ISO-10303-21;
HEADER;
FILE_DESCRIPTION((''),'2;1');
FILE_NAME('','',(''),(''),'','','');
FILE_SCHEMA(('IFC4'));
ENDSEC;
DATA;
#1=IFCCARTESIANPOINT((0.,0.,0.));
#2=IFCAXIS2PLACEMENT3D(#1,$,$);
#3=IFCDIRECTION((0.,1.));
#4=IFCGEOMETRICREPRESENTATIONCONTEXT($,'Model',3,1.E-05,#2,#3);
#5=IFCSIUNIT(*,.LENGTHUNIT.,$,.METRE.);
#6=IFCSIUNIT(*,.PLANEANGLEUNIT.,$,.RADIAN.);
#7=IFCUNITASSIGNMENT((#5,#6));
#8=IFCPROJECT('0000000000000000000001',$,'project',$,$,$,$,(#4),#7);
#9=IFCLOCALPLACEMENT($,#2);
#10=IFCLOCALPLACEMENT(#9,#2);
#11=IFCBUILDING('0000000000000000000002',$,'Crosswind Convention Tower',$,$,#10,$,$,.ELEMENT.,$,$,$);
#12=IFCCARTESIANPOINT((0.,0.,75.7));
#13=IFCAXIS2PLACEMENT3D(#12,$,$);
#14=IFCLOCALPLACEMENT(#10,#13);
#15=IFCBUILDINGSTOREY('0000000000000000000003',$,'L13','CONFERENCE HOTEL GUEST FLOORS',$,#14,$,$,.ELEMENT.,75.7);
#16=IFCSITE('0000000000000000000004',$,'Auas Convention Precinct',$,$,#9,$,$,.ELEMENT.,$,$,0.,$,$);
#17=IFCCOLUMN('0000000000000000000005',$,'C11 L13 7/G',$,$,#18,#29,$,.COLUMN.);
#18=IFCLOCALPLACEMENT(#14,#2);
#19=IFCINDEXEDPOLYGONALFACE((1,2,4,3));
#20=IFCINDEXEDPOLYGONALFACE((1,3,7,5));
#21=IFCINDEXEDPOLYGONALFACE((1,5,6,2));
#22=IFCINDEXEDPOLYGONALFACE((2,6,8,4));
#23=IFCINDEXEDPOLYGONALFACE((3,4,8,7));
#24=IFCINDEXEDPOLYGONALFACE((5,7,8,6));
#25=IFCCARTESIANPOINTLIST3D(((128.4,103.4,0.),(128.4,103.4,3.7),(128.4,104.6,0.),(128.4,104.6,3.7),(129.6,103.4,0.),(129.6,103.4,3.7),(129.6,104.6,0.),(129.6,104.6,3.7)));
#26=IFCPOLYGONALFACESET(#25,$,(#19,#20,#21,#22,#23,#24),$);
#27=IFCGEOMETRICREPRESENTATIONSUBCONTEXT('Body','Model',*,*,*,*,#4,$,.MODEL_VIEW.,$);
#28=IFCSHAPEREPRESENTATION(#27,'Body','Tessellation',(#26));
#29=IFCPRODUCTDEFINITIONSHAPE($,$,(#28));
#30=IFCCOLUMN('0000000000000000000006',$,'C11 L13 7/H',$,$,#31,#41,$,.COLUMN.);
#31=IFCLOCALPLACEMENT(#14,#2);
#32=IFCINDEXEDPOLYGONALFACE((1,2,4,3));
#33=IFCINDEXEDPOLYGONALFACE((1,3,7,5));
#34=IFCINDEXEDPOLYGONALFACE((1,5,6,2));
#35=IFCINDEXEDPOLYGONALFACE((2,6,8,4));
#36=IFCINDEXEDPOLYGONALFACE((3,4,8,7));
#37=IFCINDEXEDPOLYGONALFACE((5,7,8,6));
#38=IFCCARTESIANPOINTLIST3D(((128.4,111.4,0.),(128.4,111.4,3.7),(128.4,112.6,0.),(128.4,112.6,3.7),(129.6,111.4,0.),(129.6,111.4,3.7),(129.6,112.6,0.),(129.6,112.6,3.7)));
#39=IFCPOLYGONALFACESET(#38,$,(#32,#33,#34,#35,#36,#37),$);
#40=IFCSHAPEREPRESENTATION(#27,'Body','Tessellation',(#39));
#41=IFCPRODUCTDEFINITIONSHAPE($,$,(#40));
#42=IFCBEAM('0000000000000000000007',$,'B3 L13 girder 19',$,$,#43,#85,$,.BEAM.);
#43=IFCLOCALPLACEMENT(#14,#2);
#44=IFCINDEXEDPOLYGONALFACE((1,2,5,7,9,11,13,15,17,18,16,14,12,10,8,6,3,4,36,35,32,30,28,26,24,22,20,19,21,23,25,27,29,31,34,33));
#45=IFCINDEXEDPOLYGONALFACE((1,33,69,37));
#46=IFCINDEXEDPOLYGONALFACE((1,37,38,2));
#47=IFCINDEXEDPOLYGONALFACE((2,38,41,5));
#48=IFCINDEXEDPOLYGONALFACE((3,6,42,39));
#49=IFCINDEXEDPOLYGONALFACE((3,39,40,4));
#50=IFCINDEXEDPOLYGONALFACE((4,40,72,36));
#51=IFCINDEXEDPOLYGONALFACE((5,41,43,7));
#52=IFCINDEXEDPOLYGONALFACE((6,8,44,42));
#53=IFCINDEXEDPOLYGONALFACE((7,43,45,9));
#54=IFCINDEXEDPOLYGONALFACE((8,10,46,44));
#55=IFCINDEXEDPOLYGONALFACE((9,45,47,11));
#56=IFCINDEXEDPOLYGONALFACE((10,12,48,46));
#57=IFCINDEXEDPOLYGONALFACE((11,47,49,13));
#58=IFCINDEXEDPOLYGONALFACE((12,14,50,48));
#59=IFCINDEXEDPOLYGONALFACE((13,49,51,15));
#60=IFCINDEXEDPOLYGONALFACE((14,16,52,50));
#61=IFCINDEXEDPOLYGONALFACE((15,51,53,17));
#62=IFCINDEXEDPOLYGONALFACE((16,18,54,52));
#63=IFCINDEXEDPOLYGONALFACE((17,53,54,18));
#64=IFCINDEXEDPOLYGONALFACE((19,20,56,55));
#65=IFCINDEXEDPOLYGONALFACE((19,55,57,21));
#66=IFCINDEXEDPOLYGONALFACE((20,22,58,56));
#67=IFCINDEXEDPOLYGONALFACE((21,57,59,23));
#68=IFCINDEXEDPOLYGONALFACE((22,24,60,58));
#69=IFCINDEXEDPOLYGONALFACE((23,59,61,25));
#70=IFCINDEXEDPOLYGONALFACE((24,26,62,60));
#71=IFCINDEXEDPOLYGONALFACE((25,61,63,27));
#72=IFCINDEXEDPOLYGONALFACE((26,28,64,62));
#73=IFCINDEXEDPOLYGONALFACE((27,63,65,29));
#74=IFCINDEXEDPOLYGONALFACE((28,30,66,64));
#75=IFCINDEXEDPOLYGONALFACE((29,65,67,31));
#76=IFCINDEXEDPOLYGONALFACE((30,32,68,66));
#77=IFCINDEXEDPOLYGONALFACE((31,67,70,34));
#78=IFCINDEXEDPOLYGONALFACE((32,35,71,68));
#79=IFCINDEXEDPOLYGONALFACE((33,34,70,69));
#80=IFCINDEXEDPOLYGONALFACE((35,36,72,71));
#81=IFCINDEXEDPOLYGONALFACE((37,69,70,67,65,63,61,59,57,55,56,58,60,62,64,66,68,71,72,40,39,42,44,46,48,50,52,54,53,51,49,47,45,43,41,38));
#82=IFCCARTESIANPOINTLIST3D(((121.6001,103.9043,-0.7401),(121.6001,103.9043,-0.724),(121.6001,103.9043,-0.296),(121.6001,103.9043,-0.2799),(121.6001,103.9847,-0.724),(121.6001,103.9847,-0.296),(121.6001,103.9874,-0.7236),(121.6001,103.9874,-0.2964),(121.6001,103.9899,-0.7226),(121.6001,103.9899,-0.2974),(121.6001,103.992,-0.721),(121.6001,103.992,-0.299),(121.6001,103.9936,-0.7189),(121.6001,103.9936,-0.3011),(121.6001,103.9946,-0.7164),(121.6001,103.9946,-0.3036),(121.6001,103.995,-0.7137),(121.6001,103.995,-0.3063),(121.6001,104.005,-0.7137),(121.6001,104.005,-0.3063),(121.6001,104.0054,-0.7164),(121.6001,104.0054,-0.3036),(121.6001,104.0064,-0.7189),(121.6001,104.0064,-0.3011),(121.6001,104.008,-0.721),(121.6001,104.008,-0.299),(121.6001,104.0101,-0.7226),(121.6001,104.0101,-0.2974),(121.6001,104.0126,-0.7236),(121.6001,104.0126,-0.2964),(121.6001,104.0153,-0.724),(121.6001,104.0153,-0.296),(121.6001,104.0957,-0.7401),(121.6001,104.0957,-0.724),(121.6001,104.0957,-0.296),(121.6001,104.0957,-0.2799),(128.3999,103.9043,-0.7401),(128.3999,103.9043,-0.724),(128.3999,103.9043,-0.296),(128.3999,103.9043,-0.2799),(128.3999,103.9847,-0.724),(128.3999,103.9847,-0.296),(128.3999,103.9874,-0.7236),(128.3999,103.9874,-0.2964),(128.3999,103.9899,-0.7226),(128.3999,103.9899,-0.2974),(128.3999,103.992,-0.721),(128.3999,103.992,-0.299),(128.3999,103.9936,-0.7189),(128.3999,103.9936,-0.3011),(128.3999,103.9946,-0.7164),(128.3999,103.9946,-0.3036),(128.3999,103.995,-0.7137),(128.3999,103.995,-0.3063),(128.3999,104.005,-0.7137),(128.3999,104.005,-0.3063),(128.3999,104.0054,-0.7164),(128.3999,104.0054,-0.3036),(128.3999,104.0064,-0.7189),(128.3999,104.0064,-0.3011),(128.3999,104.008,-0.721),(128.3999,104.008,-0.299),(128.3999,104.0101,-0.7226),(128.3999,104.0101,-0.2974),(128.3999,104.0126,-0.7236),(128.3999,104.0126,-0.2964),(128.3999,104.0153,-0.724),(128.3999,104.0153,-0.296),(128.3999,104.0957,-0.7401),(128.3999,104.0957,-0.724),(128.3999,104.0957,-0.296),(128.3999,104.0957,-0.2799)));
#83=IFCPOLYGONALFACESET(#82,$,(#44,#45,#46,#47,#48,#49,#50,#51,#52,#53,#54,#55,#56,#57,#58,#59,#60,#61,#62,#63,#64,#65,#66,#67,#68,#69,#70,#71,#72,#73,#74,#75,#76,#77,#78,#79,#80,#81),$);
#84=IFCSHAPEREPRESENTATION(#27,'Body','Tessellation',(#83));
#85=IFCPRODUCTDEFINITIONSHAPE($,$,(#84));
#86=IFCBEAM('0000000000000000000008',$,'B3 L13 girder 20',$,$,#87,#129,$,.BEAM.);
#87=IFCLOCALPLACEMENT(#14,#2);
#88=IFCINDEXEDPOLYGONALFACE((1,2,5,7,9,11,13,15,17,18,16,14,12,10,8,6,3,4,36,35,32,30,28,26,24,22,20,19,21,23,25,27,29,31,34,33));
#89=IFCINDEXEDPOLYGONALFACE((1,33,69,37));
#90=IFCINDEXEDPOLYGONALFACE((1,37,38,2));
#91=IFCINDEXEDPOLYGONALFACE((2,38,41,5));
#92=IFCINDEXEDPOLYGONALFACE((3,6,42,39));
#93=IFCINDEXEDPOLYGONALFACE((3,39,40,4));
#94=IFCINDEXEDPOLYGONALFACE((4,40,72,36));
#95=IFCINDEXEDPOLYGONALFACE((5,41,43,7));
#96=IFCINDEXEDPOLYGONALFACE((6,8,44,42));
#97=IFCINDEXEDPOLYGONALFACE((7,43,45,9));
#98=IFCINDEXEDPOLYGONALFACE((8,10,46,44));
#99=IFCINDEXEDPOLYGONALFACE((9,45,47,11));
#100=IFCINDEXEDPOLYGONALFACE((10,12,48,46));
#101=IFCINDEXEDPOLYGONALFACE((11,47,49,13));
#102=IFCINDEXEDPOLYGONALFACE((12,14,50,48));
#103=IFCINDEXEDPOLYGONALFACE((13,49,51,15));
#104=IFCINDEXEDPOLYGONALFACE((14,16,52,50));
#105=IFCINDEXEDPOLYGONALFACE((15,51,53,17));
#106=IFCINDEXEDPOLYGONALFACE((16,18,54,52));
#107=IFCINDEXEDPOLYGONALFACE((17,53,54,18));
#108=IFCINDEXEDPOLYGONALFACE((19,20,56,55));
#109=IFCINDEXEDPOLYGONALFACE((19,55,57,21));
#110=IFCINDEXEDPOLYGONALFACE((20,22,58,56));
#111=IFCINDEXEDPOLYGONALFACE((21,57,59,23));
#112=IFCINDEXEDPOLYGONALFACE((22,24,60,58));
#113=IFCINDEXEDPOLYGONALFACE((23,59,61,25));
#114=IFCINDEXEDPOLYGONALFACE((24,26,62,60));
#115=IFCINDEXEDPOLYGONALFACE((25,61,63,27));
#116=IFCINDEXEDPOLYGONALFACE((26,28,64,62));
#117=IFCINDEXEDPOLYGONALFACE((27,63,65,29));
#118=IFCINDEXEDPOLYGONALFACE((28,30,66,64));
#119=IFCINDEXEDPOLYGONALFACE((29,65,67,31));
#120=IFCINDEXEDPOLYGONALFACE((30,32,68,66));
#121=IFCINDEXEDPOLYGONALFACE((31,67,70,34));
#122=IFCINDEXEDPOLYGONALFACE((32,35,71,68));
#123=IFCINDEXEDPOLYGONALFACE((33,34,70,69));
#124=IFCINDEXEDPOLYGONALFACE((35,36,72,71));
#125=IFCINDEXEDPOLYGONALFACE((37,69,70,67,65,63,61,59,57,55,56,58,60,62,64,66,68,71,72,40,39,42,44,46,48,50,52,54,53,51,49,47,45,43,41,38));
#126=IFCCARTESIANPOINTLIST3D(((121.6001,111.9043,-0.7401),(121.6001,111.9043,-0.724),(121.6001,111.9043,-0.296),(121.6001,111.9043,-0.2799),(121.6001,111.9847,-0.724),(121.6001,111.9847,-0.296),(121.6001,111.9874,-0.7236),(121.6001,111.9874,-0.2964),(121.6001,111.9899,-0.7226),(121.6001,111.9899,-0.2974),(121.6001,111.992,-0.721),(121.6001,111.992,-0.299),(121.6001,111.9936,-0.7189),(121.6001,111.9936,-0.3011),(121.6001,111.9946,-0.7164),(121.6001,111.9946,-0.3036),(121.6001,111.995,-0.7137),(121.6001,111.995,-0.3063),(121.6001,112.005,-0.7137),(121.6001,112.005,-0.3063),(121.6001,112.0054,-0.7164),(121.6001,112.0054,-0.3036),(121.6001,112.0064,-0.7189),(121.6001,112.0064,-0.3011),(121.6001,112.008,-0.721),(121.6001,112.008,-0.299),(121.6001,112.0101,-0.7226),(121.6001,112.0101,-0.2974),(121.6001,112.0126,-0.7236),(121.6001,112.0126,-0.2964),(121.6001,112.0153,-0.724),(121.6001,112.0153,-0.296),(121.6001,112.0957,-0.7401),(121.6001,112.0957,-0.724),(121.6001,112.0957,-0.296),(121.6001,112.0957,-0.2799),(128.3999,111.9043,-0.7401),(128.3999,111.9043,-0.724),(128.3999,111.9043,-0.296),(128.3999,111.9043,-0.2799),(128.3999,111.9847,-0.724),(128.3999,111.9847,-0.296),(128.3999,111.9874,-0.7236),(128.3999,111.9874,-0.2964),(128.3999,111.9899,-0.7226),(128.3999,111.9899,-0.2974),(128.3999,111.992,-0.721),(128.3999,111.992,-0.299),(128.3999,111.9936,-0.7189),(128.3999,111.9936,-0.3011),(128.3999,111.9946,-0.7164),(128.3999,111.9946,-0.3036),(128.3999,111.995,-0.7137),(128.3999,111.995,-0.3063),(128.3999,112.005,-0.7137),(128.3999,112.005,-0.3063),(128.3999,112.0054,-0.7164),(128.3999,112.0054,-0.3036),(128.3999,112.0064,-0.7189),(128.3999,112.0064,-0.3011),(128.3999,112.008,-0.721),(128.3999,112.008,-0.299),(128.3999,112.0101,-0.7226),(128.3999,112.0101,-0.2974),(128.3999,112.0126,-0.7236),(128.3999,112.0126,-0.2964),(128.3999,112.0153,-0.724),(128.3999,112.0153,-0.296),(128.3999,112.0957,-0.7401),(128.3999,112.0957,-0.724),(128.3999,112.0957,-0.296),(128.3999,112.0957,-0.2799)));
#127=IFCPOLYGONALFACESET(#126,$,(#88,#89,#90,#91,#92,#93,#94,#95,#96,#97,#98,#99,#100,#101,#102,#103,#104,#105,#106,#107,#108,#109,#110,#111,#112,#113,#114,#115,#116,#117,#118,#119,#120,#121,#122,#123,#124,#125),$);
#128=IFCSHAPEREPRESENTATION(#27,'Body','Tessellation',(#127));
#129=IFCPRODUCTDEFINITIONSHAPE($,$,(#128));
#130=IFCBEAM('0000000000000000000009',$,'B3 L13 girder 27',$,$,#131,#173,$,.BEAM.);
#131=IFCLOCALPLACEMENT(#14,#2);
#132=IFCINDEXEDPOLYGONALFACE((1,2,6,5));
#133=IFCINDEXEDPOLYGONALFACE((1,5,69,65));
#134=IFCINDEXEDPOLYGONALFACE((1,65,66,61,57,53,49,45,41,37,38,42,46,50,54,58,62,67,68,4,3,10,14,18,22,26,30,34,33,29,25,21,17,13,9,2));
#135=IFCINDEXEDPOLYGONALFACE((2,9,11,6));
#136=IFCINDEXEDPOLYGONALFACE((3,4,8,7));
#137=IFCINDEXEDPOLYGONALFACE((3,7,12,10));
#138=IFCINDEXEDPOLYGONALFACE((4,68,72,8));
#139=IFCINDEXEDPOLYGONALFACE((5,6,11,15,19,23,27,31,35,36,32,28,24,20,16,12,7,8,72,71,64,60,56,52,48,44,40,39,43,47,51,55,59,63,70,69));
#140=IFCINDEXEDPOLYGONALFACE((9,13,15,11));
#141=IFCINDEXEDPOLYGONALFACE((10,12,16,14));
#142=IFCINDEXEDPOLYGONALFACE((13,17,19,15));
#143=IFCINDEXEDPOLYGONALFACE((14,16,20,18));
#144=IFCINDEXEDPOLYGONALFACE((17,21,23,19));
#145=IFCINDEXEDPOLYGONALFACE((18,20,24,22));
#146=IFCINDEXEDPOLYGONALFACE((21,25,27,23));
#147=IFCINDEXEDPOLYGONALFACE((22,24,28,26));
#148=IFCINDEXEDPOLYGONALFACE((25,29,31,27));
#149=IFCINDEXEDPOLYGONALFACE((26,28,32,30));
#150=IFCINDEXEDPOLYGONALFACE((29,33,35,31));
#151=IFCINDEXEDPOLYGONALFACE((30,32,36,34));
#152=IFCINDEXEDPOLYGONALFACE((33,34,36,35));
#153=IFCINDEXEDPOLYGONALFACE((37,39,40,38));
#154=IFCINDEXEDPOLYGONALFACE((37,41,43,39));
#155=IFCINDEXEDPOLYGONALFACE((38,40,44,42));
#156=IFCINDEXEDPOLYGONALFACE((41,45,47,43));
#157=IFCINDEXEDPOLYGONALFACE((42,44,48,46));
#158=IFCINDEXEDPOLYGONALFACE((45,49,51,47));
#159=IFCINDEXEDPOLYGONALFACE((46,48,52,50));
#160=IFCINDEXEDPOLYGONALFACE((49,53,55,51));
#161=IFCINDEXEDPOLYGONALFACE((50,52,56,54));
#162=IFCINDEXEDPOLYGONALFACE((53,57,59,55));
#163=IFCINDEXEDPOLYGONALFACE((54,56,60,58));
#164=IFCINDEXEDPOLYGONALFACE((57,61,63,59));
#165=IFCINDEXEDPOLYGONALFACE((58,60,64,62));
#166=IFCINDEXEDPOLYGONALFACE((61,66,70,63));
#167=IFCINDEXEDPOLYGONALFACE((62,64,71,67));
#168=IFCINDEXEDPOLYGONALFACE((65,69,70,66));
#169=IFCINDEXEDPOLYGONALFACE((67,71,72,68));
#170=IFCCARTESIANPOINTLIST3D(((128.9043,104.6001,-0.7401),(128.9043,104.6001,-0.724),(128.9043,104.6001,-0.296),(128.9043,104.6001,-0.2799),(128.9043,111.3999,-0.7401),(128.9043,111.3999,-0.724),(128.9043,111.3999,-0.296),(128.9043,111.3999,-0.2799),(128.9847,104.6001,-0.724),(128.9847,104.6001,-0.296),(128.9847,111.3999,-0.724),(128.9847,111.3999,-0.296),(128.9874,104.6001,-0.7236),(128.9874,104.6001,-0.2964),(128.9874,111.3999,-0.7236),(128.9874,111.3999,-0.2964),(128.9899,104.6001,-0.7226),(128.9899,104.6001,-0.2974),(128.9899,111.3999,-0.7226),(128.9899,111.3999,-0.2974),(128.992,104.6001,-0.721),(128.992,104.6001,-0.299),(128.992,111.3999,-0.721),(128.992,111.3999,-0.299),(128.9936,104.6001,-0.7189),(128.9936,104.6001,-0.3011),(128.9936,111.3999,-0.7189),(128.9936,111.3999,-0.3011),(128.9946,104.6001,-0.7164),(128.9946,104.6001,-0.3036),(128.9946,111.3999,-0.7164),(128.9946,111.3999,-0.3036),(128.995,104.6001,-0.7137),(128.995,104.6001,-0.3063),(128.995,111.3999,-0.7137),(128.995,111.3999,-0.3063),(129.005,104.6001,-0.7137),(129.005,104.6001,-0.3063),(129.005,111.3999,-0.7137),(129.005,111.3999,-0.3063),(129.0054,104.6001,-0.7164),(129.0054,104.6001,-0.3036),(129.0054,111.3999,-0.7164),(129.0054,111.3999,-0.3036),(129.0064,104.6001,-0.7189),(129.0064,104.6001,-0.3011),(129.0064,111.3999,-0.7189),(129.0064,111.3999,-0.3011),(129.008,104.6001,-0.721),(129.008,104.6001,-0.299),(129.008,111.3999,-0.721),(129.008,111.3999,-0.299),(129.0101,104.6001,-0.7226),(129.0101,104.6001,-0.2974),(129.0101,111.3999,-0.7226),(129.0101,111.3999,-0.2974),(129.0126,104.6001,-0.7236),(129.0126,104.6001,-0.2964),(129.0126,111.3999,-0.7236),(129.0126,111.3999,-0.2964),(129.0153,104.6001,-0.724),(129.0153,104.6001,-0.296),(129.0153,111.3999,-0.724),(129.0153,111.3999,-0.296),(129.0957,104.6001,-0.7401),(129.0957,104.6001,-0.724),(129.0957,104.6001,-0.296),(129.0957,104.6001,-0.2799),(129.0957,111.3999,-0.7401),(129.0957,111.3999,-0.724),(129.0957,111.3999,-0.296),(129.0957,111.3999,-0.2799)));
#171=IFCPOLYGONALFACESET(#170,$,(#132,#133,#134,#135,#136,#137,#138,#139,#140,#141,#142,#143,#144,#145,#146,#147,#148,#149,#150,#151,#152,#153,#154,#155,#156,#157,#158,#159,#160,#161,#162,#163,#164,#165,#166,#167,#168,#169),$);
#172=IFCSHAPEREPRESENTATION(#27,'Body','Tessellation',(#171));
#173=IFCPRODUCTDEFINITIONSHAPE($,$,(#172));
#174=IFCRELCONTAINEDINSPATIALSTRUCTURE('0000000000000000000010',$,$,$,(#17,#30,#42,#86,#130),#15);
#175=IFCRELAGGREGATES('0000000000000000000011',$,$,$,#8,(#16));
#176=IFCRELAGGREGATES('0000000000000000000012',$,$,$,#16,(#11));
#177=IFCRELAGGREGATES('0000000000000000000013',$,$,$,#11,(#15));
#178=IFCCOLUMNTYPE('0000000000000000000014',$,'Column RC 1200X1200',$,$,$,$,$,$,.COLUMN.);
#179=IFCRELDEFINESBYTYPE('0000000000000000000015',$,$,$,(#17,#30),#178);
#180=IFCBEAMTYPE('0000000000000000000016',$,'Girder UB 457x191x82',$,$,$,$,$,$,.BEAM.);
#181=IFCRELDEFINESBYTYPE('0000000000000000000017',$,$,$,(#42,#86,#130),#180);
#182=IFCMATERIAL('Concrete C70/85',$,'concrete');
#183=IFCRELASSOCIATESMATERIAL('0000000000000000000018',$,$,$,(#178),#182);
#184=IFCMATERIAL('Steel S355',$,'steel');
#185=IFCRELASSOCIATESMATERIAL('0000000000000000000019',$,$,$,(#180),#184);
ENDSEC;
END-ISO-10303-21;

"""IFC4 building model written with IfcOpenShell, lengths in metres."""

from ifc_helpers import new_model, si_unit, direction, frame, origin, origin_2d, place, context, subcontext, project, spatial, rectangle, i_section, extrude, material, material_profile, profile_set, type_object, element, save


model = new_model("IFC4")

# Units and contexts
model_context = context("Model", 3, precision=1e-05, world=origin(), true_north=direction((0.0, 1.0)))
body_context = subcontext(model_context, "Body", "Model", "MODEL_VIEW")
ifc_project = project(units=[si_unit("LENGTHUNIT", "METRE"), si_unit("PLANEANGLEUNIT", "RADIAN")], contexts=[model_context])

# Site, building, storey
site_placement = place(None, origin())
site = spatial("IfcSite", under=ifc_project, at=site_placement, Name="Auas Convention Precinct", CompositionType="ELEMENT", RefElevation=0.0)
building_placement = place(site_placement, origin())
building = spatial("IfcBuilding", under=site, at=building_placement, Name="Crosswind Convention Tower", CompositionType="ELEMENT")
storey_placement = place(building_placement, frame((0.0, 0.0, 75.7)))
storey = spatial("IfcBuildingStorey", under=building, at=storey_placement, Name="L13", Description="CONFERENCE HOTEL GUEST FLOORS", CompositionType="ELEMENT", Elevation=75.7)

# Columns
ifc_material_1 = material(Name="Concrete C70/85", Category="concrete")
ifc_material_profile_1 = material_profile(ifc_material_1, rectangle(XDim=1.2, YDim=1.2, at=origin_2d()), Name="RC 1200X1200")
ifc_profile_set_1 = profile_set([ifc_material_profile_1], Name="Concrete C70/85")
column_type = type_object("IfcColumnType", Name="Column RC 1200X1200", PredefinedType="COLUMN", material=ifc_profile_set_1)
for number, where, z_axis, x_axis, name in (
    (1, (129.0, 104.0, 0.0), (0.0, 0.0, 1.0), (1.0, 0.0, 0.0), "C11 L13 7/G"),
    (2, (129.0, 112.0, 0.0), (0.0, 0.0, 1.0), (1.0, 0.0, 0.0), "C11 L13 7/H"),
):
    element("IfcColumn", number, at=place(storey_placement, frame(where, z_axis=z_axis, x_axis=x_axis)), inside=storey, type_object=column_type, Name=name, PredefinedType="COLUMN", context=body_context, shape_type="SweptSolid", body=[
        extrude(rectangle(XDim=1.2, YDim=1.2, at=origin_2d()), origin(), (0.0, 0.0, 1.0), 3.7),
    ])

# Beams
ifc_material_2 = material(Name="Steel S355", Category="steel")
ifc_material_profile_2 = material_profile(ifc_material_2, i_section(OverallWidth=0.1914, OverallDepth=0.4602, WebThickness=0.01, FlangeThickness=0.0161, FilletRadius=0.0103, at=origin_2d()), Name="UB 457x191x82")
ifc_profile_set_2 = profile_set([ifc_material_profile_2], Name="Steel S355")
beam_type_1 = type_object("IfcBeamType", Name="Girder UB 457x191x82", PredefinedType="BEAM", material=ifc_profile_set_2)
for number, where, z_axis, x_axis, name in (
    (3, (121.6001, 104.0, -0.51), (1.0, 0.0, 0.0), (0.0, 1.0, 0.0), "B3 L13 girder 19"),
    (4, (121.6001, 112.0, -0.51), (1.0, 0.0, 0.0), (0.0, 1.0, 0.0), "B3 L13 girder 20"),
    (5, (129.0, 104.6001, -0.51), (0.0, 1.0, 0.0), (-1.0, 0.0, 0.0), "B3 L13 girder 27"),
):
    element("IfcBeam", number, at=place(storey_placement, frame(where, z_axis=z_axis, x_axis=x_axis)), inside=storey, type_object=beam_type_1, Name=name, PredefinedType="BEAM", context=body_context, shape_type="SweptSolid", body=[
        extrude(i_section(OverallWidth=0.1914, OverallDepth=0.4602, WebThickness=0.01, FlangeThickness=0.0161, FilletRadius=0.0103, at=origin_2d()), origin(), (0.0, 0.0, 1.0), 6.7998),
    ])

save(model, "model.ifc")
